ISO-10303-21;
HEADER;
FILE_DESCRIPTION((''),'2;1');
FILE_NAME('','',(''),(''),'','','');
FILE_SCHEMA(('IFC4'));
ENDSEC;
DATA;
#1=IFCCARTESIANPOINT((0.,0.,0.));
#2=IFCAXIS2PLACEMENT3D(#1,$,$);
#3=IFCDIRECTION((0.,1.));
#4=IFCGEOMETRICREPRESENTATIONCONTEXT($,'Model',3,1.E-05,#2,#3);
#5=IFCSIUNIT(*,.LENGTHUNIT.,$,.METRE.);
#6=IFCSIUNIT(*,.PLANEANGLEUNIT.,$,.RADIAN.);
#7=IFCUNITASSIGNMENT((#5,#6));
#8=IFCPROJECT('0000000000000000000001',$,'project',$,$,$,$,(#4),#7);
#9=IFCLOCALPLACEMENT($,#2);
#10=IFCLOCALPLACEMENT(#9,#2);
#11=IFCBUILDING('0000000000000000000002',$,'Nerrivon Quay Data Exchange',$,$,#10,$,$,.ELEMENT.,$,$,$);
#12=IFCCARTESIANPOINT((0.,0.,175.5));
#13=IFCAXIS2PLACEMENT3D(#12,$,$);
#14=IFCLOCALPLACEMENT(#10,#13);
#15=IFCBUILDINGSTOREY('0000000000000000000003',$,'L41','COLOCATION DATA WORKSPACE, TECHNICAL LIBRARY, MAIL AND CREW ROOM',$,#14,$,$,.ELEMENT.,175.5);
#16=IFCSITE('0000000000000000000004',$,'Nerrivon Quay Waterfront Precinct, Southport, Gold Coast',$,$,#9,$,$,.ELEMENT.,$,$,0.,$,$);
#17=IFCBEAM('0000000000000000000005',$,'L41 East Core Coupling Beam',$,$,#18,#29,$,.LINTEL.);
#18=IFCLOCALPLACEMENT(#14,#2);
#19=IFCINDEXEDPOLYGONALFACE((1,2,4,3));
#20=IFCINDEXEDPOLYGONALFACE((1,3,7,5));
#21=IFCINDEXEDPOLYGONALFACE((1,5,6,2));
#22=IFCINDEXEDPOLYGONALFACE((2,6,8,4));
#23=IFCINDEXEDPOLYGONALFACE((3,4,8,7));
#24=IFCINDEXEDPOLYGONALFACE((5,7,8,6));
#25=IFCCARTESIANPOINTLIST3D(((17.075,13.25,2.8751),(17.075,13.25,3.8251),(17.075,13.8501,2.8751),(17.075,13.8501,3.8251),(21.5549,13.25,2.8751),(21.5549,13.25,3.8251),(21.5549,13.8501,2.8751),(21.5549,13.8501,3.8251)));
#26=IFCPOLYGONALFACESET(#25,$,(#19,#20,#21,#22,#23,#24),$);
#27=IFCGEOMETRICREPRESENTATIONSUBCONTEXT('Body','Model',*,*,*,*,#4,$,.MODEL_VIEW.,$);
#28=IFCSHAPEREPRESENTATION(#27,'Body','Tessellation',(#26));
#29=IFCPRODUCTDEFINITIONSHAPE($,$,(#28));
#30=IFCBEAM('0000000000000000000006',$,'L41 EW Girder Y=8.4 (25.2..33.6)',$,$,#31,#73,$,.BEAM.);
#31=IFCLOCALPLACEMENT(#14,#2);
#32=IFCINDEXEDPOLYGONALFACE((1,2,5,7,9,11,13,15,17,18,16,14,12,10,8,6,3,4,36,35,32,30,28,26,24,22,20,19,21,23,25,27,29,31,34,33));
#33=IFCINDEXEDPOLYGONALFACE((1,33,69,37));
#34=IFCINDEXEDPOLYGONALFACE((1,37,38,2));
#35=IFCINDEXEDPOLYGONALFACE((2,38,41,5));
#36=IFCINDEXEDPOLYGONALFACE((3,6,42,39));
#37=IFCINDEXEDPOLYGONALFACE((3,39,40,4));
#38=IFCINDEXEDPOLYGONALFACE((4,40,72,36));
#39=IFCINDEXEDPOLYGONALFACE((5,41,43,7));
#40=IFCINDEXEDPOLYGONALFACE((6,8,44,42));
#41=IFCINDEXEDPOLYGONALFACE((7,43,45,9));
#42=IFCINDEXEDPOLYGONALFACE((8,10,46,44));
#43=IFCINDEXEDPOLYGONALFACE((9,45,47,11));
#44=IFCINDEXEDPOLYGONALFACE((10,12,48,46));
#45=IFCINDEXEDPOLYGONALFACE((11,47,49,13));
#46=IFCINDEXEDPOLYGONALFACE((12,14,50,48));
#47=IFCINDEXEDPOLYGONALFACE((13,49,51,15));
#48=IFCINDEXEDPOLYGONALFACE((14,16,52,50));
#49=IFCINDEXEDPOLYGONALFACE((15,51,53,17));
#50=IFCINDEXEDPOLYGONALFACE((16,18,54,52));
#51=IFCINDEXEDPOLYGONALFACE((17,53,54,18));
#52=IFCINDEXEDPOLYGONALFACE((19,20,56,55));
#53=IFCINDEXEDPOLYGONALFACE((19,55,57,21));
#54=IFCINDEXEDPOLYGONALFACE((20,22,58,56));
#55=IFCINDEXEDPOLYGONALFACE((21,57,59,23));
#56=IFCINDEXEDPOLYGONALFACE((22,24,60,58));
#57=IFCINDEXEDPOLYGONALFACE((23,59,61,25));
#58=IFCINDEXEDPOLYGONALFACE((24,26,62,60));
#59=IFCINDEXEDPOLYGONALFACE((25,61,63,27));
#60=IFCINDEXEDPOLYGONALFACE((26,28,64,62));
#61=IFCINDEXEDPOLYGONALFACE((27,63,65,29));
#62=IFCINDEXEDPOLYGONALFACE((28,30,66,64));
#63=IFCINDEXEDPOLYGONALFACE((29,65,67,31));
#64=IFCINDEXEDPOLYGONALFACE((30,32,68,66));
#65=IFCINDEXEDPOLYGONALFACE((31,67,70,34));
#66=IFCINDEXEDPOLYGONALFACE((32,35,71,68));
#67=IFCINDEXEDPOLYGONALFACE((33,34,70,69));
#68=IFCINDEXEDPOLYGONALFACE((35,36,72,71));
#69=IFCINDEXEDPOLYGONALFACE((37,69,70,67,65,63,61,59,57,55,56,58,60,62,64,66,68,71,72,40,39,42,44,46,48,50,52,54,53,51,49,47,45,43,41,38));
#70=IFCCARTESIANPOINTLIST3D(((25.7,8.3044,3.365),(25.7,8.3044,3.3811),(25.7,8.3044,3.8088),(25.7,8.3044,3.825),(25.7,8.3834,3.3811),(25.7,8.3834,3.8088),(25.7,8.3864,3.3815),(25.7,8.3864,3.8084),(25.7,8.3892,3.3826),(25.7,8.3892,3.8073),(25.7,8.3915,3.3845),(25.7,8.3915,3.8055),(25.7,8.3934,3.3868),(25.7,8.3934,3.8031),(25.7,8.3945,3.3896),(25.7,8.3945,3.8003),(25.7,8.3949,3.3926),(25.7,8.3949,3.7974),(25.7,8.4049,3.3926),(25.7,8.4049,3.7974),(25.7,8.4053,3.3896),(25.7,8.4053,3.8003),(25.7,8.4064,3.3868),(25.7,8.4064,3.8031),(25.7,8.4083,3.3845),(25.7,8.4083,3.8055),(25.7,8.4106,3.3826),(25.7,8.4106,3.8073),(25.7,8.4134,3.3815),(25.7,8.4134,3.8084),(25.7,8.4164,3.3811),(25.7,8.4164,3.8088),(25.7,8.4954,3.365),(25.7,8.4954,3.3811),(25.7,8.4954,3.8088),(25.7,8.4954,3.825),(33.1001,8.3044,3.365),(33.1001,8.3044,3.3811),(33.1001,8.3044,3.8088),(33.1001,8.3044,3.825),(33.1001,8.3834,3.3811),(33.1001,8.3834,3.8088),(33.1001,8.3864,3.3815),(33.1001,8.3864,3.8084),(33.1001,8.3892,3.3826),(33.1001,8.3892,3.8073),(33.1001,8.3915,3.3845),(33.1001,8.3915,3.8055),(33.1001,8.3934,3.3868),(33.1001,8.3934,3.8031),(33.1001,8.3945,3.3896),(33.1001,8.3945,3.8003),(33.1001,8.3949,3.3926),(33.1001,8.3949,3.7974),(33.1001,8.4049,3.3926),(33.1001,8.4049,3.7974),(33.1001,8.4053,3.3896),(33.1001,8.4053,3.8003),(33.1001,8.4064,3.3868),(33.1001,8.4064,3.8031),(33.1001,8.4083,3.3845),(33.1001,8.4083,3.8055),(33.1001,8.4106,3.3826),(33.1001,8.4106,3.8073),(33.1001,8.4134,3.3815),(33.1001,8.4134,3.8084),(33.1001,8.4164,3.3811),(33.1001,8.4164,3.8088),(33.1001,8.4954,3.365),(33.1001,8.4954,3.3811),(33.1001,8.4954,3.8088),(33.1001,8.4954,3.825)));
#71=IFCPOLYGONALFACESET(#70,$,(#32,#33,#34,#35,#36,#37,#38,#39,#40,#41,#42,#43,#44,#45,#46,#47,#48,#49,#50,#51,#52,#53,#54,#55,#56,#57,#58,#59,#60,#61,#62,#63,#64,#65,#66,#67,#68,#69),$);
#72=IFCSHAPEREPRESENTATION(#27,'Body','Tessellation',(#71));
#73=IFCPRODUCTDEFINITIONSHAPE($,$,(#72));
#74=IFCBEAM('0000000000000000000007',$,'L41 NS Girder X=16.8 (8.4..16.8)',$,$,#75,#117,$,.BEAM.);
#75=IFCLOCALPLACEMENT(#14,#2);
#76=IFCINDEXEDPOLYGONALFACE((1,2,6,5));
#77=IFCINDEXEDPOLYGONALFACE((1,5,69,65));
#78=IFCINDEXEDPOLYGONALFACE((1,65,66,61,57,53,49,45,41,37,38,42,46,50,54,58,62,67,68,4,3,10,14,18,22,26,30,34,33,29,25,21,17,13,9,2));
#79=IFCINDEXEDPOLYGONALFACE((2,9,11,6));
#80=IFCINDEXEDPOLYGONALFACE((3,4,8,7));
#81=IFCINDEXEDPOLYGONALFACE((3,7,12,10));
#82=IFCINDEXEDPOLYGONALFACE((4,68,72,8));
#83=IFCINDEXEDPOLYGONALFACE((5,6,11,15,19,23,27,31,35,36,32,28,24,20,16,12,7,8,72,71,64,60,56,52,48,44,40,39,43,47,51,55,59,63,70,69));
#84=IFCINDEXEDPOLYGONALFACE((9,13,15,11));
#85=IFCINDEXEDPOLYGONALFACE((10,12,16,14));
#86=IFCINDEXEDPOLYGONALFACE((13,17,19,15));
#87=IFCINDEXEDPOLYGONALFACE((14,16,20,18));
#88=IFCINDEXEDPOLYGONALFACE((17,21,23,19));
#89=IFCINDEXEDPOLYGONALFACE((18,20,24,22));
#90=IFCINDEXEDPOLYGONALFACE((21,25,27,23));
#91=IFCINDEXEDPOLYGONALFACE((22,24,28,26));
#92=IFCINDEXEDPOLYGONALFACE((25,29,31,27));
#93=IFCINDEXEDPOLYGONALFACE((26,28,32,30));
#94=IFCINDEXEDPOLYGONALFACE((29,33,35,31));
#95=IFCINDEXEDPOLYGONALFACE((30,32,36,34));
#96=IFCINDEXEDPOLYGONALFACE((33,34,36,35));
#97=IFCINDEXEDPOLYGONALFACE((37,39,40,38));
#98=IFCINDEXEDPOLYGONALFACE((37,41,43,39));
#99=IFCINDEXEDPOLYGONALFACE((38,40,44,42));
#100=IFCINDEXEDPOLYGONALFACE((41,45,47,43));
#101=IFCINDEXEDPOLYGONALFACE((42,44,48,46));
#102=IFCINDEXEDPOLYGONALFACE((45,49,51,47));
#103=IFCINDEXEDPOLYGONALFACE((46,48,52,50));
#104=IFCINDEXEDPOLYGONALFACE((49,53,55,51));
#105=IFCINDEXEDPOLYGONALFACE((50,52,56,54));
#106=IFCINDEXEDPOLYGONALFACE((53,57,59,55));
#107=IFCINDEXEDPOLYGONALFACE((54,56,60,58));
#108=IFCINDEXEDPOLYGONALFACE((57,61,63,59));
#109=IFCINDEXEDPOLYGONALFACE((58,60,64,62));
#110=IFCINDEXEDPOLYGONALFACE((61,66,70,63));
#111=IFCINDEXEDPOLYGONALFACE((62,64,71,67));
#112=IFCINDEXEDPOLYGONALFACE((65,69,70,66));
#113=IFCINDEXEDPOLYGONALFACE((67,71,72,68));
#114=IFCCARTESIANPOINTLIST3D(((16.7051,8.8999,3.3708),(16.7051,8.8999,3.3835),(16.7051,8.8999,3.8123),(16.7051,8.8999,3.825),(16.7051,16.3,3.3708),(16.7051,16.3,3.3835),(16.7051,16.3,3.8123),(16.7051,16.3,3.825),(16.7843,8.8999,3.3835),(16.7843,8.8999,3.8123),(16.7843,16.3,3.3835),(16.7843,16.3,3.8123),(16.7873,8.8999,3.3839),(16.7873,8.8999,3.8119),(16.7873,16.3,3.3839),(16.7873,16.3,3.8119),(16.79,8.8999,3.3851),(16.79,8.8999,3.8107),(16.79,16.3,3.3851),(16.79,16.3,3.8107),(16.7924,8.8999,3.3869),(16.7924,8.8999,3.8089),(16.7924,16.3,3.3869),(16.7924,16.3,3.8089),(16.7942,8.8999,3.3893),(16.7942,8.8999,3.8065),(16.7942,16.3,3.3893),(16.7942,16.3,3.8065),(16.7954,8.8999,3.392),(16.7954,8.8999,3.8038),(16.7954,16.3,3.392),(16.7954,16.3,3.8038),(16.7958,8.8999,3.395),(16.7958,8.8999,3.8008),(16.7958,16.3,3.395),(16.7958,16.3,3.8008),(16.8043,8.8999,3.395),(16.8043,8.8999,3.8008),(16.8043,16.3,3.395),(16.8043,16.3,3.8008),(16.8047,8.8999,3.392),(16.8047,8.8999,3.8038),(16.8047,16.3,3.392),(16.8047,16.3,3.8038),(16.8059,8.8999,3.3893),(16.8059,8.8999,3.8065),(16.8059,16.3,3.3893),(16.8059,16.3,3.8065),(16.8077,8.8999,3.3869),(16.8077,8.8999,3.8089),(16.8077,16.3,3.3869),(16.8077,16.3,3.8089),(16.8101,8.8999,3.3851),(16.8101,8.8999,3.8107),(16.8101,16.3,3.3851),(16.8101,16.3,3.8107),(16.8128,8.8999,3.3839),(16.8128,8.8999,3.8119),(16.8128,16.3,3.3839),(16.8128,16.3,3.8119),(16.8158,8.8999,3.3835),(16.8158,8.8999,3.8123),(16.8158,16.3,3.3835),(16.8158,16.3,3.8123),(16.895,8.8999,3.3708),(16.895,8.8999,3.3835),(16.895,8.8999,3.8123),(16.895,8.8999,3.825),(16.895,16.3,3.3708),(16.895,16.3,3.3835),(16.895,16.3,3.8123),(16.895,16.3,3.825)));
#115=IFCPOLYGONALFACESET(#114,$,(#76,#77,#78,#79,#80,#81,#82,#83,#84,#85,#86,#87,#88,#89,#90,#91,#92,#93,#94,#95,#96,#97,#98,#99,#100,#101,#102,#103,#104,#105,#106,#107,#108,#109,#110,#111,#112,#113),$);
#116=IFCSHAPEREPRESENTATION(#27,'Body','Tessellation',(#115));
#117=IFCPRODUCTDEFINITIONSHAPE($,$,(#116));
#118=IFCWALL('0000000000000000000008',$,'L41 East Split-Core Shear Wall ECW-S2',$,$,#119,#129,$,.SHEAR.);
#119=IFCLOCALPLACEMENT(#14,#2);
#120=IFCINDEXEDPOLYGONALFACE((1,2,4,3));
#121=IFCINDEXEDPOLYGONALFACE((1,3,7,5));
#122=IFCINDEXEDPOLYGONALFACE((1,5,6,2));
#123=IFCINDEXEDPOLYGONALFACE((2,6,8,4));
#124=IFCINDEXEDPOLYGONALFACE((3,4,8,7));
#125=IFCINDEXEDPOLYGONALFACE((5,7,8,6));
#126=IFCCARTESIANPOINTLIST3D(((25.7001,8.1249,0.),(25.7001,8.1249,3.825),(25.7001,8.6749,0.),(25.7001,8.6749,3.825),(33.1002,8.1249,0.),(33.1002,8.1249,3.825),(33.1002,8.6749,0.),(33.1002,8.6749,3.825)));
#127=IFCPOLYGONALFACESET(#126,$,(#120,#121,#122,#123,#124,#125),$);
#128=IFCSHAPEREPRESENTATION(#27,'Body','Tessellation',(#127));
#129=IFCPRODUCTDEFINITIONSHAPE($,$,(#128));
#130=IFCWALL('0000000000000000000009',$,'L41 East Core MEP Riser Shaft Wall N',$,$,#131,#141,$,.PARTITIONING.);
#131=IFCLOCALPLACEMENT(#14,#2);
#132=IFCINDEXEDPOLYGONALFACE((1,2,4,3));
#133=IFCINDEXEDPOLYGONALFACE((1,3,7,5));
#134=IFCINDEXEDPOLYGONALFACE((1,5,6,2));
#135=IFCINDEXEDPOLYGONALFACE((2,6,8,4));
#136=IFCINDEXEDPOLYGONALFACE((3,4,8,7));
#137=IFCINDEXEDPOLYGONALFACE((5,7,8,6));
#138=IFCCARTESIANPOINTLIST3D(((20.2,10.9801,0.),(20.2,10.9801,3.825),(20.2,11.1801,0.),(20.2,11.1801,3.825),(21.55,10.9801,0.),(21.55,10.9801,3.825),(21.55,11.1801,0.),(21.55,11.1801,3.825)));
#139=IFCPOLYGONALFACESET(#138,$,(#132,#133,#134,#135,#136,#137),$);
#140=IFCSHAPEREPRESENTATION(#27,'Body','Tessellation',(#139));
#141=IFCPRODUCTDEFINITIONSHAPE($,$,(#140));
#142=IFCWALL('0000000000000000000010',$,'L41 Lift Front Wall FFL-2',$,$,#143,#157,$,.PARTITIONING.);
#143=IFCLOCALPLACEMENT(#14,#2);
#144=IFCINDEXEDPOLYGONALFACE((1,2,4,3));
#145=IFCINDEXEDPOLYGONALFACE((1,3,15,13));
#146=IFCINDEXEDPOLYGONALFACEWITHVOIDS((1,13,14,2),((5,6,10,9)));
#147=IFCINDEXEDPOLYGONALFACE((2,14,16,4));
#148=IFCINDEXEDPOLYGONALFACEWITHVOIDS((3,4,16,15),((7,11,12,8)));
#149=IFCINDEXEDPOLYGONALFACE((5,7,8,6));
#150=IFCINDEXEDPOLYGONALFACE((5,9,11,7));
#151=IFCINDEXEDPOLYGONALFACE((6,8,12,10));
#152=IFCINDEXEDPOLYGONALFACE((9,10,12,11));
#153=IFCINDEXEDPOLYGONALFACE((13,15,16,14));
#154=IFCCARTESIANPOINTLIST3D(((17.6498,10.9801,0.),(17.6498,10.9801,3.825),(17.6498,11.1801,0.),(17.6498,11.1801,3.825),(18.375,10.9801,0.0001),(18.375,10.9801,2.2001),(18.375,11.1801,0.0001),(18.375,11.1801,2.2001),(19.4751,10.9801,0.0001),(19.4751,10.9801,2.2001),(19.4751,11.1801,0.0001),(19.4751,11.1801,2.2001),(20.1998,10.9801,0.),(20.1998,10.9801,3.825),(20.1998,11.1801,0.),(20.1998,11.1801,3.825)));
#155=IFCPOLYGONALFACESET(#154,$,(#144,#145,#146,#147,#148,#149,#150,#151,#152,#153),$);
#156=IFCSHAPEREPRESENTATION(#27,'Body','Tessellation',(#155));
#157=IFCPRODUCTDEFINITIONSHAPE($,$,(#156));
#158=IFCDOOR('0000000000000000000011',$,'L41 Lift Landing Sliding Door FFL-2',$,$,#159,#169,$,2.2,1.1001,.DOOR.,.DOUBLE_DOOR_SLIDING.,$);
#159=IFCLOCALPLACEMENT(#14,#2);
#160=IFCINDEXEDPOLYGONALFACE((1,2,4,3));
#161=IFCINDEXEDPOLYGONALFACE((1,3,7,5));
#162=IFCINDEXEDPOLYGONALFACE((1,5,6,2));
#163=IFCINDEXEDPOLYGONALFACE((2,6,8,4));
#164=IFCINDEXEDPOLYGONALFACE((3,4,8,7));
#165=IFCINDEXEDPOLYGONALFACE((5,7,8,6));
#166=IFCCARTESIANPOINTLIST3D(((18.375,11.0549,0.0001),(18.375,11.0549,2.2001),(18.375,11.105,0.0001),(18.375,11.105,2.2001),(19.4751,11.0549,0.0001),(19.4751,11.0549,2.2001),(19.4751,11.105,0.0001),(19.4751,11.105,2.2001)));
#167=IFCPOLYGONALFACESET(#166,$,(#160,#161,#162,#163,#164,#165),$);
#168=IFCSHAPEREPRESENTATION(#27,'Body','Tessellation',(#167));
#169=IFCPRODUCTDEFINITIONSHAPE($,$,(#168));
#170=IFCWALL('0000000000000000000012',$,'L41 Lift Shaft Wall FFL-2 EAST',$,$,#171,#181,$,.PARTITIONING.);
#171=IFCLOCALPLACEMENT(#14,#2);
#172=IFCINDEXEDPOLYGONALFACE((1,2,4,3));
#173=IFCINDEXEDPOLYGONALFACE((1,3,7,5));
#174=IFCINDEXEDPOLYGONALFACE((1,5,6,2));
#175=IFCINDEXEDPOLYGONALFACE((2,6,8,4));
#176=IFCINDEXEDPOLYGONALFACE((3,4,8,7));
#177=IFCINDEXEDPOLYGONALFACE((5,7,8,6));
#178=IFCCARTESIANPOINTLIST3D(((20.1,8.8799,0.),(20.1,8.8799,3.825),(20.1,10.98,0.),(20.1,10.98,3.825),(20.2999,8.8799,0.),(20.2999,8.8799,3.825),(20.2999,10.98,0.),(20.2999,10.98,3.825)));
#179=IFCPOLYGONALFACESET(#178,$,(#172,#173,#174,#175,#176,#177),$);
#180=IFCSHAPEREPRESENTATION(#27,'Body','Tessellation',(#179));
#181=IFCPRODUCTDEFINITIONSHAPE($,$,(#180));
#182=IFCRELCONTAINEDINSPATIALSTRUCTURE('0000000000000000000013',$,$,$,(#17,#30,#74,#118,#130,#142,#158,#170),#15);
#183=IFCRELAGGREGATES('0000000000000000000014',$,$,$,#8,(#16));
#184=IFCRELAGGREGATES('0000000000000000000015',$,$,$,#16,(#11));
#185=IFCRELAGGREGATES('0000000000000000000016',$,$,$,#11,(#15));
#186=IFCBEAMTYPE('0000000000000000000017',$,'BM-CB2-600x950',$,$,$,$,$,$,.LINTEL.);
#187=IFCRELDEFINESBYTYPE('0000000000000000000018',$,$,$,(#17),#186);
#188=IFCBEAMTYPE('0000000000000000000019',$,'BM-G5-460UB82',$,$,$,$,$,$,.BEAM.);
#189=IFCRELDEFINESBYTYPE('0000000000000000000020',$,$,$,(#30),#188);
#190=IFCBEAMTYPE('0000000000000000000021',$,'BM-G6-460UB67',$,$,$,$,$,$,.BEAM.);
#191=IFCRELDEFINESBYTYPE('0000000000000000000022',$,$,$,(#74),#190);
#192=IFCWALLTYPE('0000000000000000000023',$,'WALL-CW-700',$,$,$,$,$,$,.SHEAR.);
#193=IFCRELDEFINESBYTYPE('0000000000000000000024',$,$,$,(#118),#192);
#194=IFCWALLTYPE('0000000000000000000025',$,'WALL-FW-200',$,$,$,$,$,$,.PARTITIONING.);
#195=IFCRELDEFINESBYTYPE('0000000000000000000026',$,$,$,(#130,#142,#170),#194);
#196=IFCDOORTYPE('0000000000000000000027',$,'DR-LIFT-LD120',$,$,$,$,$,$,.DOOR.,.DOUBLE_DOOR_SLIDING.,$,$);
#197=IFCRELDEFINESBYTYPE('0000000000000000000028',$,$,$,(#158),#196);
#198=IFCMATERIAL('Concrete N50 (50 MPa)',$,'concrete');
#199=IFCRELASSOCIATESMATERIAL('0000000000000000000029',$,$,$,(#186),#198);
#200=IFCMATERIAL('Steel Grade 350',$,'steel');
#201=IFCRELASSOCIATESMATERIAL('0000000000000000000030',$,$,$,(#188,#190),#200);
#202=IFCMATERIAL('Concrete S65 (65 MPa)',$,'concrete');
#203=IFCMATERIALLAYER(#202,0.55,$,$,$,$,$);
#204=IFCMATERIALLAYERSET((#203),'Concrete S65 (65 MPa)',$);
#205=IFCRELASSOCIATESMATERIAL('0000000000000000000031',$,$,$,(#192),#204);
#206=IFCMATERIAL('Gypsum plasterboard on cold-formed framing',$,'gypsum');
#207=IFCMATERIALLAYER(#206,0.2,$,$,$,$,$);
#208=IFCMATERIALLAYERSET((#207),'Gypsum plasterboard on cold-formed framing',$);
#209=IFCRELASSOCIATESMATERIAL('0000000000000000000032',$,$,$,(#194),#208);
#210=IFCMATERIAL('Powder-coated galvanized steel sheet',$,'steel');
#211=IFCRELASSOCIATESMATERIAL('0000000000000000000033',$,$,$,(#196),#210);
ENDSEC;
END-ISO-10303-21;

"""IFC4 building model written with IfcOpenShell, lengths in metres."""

from ifc_helpers import new_model, si_unit, direction, frame, frame_2d, origin, origin_2d, place, context, subcontext, project, spatial, rectangle, i_section, extrude, material, layer, layer_set, material_profile, profile_set, type_object, element, fill, save


model = new_model("IFC4")

# Units and contexts
model_context = context("Model", 3, precision=1e-05, world=origin(), true_north=direction((0.0, 1.0)))
body_context = subcontext(model_context, "Body", "Model", "MODEL_VIEW")
ifc_project = project(units=[si_unit("LENGTHUNIT", "METRE"), si_unit("PLANEANGLEUNIT", "RADIAN")], contexts=[model_context])

# Site, building, storey
site_placement = place(None, origin())
site = spatial("IfcSite", under=ifc_project, at=site_placement, Name="Nerrivon Quay Waterfront Precinct, Southport, Gold Coast", CompositionType="ELEMENT", RefElevation=0.0)
building_placement = place(site_placement, origin())
building = spatial("IfcBuilding", under=site, at=building_placement, Name="Nerrivon Quay Data Exchange", CompositionType="ELEMENT")
storey_placement = place(building_placement, frame((0.0, 0.0, 175.5)))
storey = spatial("IfcBuildingStorey", under=building, at=storey_placement, Name="L41", Description="COLOCATION DATA WORKSPACE, TECHNICAL LIBRARY, MAIL AND CREW ROOM", CompositionType="ELEMENT", Elevation=175.5)

# Beams
ifc_material_1 = material(Name="Concrete N50 (50 MPa)", Category="concrete")
ifc_material_profile_1 = material_profile(ifc_material_1, rectangle(XDim=0.6001, YDim=0.95, at=origin_2d()), Name="RC-CB-600x950")
ifc_profile_set_1 = profile_set([ifc_material_profile_1], Name="Concrete N50 (50 MPa)")
beam_type_1 = type_object("IfcBeamType", Name="BM-CB2-600x950", PredefinedType="LINTEL", material=ifc_profile_set_1)
beam_1_placement = place(storey_placement, frame((17.075, 13.55, 3.3501), z_axis=(1.0, 0.0, 0.0), x_axis=(0.0, 1.0, 0.0)))
element("IfcBeam", 1, at=beam_1_placement, inside=storey, type_object=beam_type_1, Name="L41 East Core Coupling Beam", PredefinedType="LINTEL", context=body_context, shape_type="SweptSolid", body=[
    extrude(rectangle(XDim=0.6001, YDim=0.95, at=origin_2d()), origin(), (0.0, 0.0, 1.0), 4.48),
])
ifc_material_2 = material(Name="Steel Grade 350", Category="steel")
ifc_material_profile_2 = material_profile(ifc_material_2, i_section(OverallWidth=0.1909, OverallDepth=0.46, WebThickness=0.01, FlangeThickness=0.0161, FilletRadius=0.0115, at=origin_2d()), Name="460UB82.1")
ifc_profile_set_2 = profile_set([ifc_material_profile_2], Name="Steel Grade 350")
beam_type_2 = type_object("IfcBeamType", Name="BM-G5-460UB82", PredefinedType="BEAM", material=ifc_profile_set_2)
beam_2_placement = place(storey_placement, frame((25.7, 8.3999, 3.595), z_axis=(1.0, 0.0, 0.0), x_axis=(0.0, 1.0, 0.0)))
element("IfcBeam", 2, at=beam_2_placement, inside=storey, type_object=beam_type_2, Name="L41 EW Girder Y=8.4 (25.2..33.6)", PredefinedType="BEAM", context=body_context, shape_type="SweptSolid", body=[
    extrude(i_section(OverallWidth=0.1909, OverallDepth=0.46, WebThickness=0.01, FlangeThickness=0.0161, FilletRadius=0.0115, at=origin_2d()), origin(), (0.0, 0.0, 1.0), 7.4001),
])
ifc_material_profile_3 = material_profile(ifc_material_2, i_section(OverallWidth=0.1899, OverallDepth=0.4541, WebThickness=0.0085, FlangeThickness=0.0127, FilletRadius=0.0115, at=origin_2d()), Name="460UB67.1")
ifc_profile_set_3 = profile_set([ifc_material_profile_3], Name="Steel Grade 350")
beam_type_3 = type_object("IfcBeamType", Name="BM-G6-460UB67", PredefinedType="BEAM", material=ifc_profile_set_3)
beam_3_placement = place(storey_placement, frame((16.8, 8.8999, 3.5979), z_axis=(0.0, 1.0, 0.0), x_axis=(-1.0, 0.0, 0.0)))
element("IfcBeam", 3, at=beam_3_placement, inside=storey, type_object=beam_type_3, Name="L41 NS Girder X=16.8 (8.4..16.8)", PredefinedType="BEAM", context=body_context, shape_type="SweptSolid", body=[
    extrude(i_section(OverallWidth=0.1899, OverallDepth=0.4541, WebThickness=0.0085, FlangeThickness=0.0127, FilletRadius=0.0115, at=origin_2d()), origin(), (0.0, 0.0, 1.0), 7.4001),
])

# Wall
ifc_material_3 = material(Name="Concrete S65 (65 MPa)", Category="concrete")
ifc_layer_1 = layer(ifc_material_3, 0.55)
ifc_layer_set_1 = layer_set([ifc_layer_1], Name="Concrete S65 (65 MPa)")
wall_type_1 = type_object("IfcWallType", Name="WALL-CW-700", PredefinedType="SHEAR", material=ifc_layer_set_1)
wall_1_placement = place(storey_placement, frame((25.7, 8.3999, 0.0), z_axis=(0.0, 0.0, 1.0), x_axis=(1.0, 0.0, 0.0)))
element("IfcWall", 4, at=wall_1_placement, inside=storey, type_object=wall_type_1, Name="L41 East Split-Core Shear Wall ECW-S2", PredefinedType="SHEAR", context=body_context, shape_type="SweptSolid", body=[
    extrude(rectangle(XDim=7.4001, YDim=0.55, at=frame_2d((3.7002, 0.0))), origin(), (0.0, 0.0, 1.0), 3.825),
])

# Shared definitions
ifc_material_4 = material(Name="Powder-coated galvanized steel sheet", Category="steel")

# Wall
ifc_material_5 = material(Name="Gypsum plasterboard on cold-formed framing", Category="gypsum")
ifc_layer_2 = layer(ifc_material_5, 0.2)
ifc_layer_set_2 = layer_set([ifc_layer_2], Name="Gypsum plasterboard on cold-formed framing")
wall_type_2 = type_object("IfcWallType", Name="WALL-FW-200", PredefinedType="PARTITIONING", material=ifc_layer_set_2)
wall_2_placement = place(storey_placement, frame((20.2, 11.0801, 0.0), z_axis=(0.0, 0.0, 1.0), x_axis=(1.0, 0.0, 0.0)))
element("IfcWall", 5, at=wall_2_placement, inside=storey, type_object=wall_type_2, Name="L41 East Core MEP Riser Shaft Wall N", PredefinedType="PARTITIONING", context=body_context, shape_type="SweptSolid", body=[
    extrude(rectangle(XDim=1.3501, YDim=0.2, at=frame_2d((0.675, 0.0))), origin(), (0.0, 0.0, 1.0), 3.825),
])

# Wall, opening, door
wall_3_placement = place(storey_placement, frame((17.6499, 11.0801, 0.0), z_axis=(0.0, 0.0, 1.0), x_axis=(1.0, 0.0, 0.0)))
wall_3 = element("IfcWall", 6, at=wall_3_placement, inside=storey, type_object=wall_type_2, Name="L41 Lift Front Wall FFL-2", PredefinedType="PARTITIONING", context=body_context, shape_type="SweptSolid", body=[
    extrude(rectangle(XDim=2.55, YDim=0.2, at=frame_2d((1.2749, 0.0))), origin(), (0.0, 0.0, 1.0), 3.825),
])
opening_1_placement = place(wall_3_placement, frame((0.7251, 0.0, 0.0)))
opening_1 = element("IfcOpeningElement", 7, at=opening_1_placement, cuts=wall_3, PredefinedType="OPENING", context=body_context, shape_type="SweptSolid", body=[
    extrude(rectangle(XDim=1.1001, YDim=2.2, at=frame_2d((0.55, 1.1001))), frame((0.0, 0.1099, 0.0), z_axis=(0.0, -1.0, 0.0), x_axis=(1.0, 0.0, 0.0)), (0.0, 0.0, 1.0), 0.22),
])
door_type_1 = type_object("IfcDoorType", Name="DR-LIFT-LD120", OperationType="DOUBLE_DOOR_SLIDING", PredefinedType="DOOR", material=ifc_material_4)
door_1_placement = place(opening_1_placement, origin())
door_1 = element("IfcDoor", 8, at=door_1_placement, inside=storey, type_object=door_type_1, Name="L41 Lift Landing Sliding Door FFL-2", OperationType="DOUBLE_DOOR_SLIDING", OverallHeight=2.2, OverallWidth=1.1001, PredefinedType="DOOR", context=body_context, shape_type="SweptSolid", body=[
    extrude(rectangle(XDim=1.1001, YDim=2.2, at=frame_2d((0.55, 1.1001))), frame((0.0, 0.0249, 0.0), z_axis=(0.0, -1.0, 0.0), x_axis=(1.0, 0.0, 0.0)), (0.0, 0.0, 1.0), 0.05),
])
fill(opening_1, door_1)

# Wall
for number, where, z_axis, x_axis, name in (
    (9, (20.2, 8.8799, 0.0), (0.0, 0.0, 1.0), (0.0, 1.0, 0.0), "L41 Lift Shaft Wall FFL-2 EAST"),
):
    element("IfcWall", number, at=place(storey_placement, frame(where, z_axis=z_axis, x_axis=x_axis)), inside=storey, type_object=wall_type_2, Name=name, PredefinedType="PARTITIONING", context=body_context, shape_type="SweptSolid", body=[
        extrude(rectangle(XDim=2.1001, YDim=0.2, at=frame_2d((1.05, 0.0))), origin(), (0.0, 0.0, 1.0), 3.825),
    ])

save(model, "model.ifc")
